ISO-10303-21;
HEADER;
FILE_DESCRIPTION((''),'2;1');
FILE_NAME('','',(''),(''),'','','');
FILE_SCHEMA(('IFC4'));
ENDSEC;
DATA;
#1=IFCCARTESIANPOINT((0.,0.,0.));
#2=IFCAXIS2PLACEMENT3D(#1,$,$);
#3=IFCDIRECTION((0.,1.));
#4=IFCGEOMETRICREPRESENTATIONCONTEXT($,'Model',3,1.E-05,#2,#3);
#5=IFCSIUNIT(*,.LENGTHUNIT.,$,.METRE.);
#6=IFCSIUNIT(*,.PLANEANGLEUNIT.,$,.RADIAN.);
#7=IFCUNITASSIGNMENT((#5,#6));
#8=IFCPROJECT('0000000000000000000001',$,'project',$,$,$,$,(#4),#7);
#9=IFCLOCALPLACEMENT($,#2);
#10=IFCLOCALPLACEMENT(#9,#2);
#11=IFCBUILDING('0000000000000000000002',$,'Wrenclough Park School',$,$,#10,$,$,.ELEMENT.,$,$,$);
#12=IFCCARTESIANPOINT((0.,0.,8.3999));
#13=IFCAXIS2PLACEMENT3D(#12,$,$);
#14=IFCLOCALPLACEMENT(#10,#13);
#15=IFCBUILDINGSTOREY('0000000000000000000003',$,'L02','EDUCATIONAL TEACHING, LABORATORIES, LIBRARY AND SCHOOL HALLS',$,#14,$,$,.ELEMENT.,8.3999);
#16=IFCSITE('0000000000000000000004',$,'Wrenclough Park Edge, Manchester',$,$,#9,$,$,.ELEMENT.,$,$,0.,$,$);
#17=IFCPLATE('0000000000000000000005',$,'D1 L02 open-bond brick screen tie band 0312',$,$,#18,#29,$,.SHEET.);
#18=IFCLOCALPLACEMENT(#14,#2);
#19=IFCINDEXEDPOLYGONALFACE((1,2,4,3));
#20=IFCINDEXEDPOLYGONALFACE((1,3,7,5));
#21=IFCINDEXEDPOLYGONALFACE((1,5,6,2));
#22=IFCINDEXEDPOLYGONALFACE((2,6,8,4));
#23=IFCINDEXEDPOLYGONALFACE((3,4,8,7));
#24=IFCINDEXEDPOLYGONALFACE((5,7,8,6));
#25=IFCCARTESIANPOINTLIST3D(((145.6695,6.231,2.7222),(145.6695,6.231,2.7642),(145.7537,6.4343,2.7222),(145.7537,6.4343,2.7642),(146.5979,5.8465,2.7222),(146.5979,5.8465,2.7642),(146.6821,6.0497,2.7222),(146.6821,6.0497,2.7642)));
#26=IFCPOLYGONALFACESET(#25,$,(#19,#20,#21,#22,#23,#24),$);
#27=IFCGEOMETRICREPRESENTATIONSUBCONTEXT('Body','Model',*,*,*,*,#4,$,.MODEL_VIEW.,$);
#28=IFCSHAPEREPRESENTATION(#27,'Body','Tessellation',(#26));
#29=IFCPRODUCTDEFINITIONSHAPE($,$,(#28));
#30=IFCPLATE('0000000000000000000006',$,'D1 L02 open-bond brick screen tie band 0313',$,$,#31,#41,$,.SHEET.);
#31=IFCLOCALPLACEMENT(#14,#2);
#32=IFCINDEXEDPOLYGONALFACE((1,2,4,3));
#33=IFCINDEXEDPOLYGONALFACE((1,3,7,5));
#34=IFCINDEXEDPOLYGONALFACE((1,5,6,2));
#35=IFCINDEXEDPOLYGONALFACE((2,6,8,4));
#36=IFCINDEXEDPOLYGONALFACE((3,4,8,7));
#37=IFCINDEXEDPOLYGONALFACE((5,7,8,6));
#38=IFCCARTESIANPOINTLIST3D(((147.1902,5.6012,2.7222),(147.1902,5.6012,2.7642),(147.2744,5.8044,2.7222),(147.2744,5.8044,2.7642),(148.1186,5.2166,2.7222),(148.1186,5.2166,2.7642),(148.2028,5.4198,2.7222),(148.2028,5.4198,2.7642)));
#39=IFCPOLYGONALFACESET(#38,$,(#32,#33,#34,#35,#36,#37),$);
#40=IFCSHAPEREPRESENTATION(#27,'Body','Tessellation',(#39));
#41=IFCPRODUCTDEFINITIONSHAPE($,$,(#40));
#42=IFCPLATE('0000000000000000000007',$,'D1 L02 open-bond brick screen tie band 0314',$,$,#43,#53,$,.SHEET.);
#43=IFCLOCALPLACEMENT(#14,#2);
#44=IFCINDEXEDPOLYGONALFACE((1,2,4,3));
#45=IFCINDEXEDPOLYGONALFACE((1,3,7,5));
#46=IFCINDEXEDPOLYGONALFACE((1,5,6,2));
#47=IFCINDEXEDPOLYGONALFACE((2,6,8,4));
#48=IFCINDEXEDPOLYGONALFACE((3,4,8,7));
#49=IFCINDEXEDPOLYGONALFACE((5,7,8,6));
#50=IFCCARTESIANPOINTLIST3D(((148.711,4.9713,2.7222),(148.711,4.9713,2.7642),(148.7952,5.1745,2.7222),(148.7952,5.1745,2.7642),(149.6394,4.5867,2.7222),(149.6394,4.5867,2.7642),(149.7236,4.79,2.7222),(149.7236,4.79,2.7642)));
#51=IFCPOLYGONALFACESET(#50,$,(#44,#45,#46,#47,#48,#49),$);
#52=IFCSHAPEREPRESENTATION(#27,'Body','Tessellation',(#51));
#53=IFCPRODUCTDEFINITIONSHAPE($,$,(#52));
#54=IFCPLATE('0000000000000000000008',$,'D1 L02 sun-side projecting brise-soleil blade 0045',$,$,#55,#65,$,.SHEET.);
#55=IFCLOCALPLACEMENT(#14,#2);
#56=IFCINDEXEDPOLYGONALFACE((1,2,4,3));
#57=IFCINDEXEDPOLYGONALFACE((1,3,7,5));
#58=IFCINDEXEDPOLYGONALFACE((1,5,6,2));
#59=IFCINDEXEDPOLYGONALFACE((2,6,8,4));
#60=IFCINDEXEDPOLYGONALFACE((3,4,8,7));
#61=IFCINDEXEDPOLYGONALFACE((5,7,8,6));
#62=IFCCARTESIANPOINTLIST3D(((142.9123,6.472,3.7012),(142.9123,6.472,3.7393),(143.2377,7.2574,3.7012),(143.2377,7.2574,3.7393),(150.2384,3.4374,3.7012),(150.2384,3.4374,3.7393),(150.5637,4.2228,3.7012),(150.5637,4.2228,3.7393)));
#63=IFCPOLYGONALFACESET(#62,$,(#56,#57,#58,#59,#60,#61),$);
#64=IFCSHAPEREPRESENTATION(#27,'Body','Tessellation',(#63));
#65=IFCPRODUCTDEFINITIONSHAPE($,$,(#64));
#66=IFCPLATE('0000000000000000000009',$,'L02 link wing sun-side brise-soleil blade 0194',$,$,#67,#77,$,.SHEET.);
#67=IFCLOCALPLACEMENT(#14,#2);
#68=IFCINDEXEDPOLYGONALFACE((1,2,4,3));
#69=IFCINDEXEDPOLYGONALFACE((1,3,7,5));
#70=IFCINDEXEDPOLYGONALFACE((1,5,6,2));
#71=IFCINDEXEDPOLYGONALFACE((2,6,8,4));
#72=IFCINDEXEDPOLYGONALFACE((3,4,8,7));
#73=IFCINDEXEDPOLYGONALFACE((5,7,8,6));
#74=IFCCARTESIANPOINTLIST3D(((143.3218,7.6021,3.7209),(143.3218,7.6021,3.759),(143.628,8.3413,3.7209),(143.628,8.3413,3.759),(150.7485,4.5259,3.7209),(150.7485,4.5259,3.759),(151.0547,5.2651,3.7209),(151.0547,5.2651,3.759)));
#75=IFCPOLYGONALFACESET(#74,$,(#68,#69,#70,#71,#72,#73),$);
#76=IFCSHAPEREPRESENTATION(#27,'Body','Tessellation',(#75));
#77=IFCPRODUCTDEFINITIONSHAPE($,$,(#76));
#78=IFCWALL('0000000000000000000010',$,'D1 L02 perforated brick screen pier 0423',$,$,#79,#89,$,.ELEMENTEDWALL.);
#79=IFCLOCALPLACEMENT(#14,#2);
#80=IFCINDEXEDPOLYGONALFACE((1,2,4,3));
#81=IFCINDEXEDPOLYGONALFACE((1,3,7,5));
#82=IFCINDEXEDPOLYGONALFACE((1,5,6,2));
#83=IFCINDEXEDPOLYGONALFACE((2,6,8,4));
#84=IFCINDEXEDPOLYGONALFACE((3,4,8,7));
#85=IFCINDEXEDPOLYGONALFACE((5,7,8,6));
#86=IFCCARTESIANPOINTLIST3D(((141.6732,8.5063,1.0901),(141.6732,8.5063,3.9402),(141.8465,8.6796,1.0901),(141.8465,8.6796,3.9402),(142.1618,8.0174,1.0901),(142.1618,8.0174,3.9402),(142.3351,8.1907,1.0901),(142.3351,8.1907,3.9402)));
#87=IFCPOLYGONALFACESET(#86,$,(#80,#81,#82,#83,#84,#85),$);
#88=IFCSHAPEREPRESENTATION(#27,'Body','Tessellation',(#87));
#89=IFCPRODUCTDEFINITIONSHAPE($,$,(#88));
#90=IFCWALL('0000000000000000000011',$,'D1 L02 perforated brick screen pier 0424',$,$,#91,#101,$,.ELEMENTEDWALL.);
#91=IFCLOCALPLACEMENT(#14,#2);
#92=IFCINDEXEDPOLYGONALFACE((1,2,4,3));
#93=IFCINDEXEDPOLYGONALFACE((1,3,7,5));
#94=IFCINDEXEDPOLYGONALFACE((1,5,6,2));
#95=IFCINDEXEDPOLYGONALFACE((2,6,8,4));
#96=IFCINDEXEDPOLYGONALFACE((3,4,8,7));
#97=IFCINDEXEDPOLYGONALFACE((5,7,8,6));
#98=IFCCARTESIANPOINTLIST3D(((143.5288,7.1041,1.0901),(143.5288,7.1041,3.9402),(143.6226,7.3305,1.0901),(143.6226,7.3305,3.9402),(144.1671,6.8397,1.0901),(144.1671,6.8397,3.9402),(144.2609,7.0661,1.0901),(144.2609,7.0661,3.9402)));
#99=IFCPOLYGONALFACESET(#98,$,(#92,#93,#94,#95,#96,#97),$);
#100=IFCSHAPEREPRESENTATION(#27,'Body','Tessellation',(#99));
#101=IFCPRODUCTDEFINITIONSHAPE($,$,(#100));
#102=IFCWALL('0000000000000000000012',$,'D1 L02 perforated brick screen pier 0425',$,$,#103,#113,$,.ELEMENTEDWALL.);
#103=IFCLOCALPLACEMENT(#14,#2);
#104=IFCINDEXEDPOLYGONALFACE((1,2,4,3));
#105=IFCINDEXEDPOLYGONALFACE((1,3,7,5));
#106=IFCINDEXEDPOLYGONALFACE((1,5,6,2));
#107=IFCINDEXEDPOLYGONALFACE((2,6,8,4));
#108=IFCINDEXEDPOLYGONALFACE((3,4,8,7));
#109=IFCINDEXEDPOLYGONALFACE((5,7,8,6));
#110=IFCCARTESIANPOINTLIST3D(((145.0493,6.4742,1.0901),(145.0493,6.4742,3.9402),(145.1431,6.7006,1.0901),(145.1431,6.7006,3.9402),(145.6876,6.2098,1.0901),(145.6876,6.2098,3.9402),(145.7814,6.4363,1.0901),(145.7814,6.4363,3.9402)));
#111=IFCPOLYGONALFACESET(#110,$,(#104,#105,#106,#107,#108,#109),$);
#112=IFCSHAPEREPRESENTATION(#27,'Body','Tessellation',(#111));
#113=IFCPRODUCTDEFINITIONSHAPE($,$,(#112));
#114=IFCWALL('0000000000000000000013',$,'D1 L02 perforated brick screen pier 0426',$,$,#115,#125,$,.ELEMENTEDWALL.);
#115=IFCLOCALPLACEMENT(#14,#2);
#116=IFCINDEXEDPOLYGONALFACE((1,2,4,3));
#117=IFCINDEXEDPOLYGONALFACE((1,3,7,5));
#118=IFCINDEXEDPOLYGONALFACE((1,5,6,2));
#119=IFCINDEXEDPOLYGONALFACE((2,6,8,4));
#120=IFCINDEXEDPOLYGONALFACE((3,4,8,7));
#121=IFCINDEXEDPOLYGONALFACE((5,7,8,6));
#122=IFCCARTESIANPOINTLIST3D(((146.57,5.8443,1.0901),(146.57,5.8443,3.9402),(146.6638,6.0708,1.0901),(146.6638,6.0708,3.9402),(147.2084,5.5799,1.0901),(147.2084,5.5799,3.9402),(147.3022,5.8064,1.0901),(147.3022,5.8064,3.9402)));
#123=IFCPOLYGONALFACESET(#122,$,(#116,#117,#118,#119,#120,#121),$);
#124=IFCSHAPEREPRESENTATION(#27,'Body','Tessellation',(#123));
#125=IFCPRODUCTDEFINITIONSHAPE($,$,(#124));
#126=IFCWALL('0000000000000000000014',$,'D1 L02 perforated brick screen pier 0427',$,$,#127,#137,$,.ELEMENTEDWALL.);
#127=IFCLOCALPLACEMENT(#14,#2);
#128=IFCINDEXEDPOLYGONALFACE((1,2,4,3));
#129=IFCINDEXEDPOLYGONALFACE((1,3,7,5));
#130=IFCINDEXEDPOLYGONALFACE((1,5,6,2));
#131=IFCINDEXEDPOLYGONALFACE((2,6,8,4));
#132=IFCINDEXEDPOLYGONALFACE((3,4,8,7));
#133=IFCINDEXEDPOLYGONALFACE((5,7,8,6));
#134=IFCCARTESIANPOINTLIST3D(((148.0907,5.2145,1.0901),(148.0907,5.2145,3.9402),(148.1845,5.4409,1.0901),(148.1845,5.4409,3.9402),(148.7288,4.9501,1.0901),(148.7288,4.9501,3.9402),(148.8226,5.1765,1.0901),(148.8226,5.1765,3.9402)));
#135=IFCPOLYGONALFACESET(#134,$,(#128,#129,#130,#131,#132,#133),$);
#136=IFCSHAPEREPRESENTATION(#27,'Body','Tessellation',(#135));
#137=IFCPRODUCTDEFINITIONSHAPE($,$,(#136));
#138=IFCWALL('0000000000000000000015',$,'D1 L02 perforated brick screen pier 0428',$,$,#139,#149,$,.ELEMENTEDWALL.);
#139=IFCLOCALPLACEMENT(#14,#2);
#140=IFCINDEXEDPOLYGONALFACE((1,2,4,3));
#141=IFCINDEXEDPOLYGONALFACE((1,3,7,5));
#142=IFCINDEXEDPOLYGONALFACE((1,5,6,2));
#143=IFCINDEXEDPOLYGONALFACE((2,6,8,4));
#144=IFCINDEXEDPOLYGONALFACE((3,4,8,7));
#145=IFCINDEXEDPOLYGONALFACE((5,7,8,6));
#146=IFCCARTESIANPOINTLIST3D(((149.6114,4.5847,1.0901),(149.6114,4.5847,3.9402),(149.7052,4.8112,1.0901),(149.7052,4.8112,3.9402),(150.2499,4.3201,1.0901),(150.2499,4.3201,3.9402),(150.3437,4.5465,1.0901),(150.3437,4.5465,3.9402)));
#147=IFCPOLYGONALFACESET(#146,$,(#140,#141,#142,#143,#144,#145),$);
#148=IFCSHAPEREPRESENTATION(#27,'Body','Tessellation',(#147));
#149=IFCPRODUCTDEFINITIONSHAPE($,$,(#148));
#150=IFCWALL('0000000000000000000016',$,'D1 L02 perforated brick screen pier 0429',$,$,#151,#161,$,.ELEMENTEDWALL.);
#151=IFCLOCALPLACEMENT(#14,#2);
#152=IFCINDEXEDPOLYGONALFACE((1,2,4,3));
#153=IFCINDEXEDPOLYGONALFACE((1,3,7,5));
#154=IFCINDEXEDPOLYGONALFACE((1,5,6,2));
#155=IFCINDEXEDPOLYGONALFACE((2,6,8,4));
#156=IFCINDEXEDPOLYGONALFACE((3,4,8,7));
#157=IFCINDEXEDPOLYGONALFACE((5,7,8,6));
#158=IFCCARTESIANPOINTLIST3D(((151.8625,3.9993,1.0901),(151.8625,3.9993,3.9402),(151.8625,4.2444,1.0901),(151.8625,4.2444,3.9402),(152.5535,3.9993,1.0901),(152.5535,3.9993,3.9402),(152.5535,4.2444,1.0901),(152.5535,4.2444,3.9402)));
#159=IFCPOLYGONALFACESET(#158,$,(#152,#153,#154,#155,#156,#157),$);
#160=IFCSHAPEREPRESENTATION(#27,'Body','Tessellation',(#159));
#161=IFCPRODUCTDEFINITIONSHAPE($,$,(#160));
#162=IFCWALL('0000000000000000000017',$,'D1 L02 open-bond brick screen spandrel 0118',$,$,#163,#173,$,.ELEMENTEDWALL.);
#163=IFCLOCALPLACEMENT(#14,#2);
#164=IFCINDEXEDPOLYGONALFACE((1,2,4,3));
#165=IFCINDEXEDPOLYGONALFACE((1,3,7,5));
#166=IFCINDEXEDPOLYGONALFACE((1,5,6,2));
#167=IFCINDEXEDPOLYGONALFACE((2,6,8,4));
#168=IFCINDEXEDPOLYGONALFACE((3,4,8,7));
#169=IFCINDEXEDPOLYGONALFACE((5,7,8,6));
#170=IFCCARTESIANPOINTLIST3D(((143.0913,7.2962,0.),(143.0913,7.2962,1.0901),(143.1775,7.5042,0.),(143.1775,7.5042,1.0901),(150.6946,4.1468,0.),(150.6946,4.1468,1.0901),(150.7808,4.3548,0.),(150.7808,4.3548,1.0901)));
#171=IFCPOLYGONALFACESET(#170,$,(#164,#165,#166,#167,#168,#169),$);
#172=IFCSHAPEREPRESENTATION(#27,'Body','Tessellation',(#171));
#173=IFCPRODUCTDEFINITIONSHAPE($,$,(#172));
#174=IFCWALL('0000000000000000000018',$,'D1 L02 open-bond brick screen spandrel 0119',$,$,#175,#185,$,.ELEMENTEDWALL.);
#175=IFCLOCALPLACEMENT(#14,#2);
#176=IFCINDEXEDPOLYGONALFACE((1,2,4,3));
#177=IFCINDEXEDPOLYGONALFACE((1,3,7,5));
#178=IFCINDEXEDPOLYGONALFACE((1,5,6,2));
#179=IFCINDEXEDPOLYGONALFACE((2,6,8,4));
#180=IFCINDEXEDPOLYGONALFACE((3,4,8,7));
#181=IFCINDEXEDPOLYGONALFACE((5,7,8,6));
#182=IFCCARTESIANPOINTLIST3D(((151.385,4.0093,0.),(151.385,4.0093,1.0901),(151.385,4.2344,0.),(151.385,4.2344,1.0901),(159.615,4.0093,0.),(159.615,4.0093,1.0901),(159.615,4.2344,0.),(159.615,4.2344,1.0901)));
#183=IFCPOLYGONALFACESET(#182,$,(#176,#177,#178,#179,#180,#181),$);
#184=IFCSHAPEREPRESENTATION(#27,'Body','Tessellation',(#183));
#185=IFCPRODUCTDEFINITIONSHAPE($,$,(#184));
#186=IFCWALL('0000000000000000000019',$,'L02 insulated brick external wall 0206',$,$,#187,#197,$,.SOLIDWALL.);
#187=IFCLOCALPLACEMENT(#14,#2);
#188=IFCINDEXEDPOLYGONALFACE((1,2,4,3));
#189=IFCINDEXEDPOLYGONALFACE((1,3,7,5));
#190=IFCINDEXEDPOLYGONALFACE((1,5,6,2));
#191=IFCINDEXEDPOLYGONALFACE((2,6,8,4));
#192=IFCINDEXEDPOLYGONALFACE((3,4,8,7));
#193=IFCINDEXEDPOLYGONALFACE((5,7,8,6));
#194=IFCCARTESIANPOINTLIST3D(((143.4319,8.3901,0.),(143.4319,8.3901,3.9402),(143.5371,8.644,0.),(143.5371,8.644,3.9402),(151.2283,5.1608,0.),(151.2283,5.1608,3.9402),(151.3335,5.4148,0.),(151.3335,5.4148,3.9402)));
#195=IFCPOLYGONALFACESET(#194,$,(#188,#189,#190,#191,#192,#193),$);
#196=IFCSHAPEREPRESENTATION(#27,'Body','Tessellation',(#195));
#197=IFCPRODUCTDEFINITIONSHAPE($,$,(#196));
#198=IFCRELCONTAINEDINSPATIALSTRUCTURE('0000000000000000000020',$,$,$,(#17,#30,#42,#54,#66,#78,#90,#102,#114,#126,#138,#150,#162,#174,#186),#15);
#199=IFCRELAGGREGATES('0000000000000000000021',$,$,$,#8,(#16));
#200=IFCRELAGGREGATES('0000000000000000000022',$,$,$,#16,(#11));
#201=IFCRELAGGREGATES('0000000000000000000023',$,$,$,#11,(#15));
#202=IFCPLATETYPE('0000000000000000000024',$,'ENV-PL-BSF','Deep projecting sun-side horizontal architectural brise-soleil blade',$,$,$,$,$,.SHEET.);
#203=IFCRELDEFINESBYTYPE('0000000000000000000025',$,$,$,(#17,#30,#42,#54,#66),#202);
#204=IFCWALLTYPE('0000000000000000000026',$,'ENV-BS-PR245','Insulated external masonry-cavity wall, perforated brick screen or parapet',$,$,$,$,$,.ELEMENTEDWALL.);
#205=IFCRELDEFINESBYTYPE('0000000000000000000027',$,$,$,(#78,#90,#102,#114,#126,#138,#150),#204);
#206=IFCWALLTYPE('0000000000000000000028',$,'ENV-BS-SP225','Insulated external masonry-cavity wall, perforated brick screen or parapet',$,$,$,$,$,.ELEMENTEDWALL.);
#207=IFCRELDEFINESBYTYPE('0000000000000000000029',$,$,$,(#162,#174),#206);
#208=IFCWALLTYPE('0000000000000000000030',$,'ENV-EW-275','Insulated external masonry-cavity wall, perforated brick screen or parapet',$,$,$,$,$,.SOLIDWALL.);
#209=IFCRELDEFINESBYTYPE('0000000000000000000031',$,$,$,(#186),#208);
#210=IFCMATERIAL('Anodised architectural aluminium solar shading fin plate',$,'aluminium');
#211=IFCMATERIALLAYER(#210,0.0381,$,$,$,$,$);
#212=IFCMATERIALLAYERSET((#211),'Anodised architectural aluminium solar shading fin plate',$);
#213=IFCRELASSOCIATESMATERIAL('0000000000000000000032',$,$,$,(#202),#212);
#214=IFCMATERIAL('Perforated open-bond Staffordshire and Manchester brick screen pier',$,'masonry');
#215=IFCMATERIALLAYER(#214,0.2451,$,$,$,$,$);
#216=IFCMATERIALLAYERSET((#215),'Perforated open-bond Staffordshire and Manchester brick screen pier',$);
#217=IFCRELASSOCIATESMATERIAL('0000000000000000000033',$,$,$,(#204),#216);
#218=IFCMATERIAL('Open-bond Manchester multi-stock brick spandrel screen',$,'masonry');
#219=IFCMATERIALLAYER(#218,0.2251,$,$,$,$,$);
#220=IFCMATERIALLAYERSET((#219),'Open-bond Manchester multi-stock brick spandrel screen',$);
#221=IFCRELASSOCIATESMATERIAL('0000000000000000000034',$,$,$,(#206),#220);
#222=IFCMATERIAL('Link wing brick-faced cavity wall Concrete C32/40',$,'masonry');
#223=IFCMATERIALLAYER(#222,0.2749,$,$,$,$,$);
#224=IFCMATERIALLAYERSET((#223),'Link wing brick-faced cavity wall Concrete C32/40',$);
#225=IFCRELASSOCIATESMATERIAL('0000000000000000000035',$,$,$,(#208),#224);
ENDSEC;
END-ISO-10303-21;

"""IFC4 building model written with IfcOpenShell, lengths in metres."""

from ifc_helpers import new_model, si_unit, direction, frame, frame_2d, origin, origin_2d, place, context, subcontext, project, spatial, rectangle, extrude, material, layer, layer_set, type_object, element, save


model = new_model("IFC4")

# Units and contexts
model_context = context("Model", 3, precision=1e-05, world=origin(), true_north=direction((0.0, 1.0)))
body_context = subcontext(model_context, "Body", "Model", "MODEL_VIEW")
ifc_project = project(units=[si_unit("LENGTHUNIT", "METRE"), si_unit("PLANEANGLEUNIT", "RADIAN")], contexts=[model_context])

# Site, building, storey
site_placement = place(None, origin())
site = spatial("IfcSite", under=ifc_project, at=site_placement, Name="Wrenclough Park Edge, Manchester", CompositionType="ELEMENT", RefElevation=0.0)
building_placement = place(site_placement, origin())
building = spatial("IfcBuilding", under=site, at=building_placement, Name="Wrenclough Park School", CompositionType="ELEMENT")
storey_placement = place(building_placement, frame((0.0, 0.0, 8.3999)))
storey = spatial("IfcBuildingStorey", under=building, at=storey_placement, Name="L02", Description="EDUCATIONAL TEACHING, LABORATORIES, LIBRARY AND SCHOOL HALLS", CompositionType="ELEMENT", Elevation=8.3999)

# Plates
ifc_material_1 = material(Name="Anodised architectural aluminium solar shading fin plate", Category="aluminium")
ifc_layer_1 = layer(ifc_material_1, 0.0381)
ifc_layer_set_1 = layer_set([ifc_layer_1], Name="Anodised architectural aluminium solar shading fin plate")
plate_type = type_object("IfcPlateType", Name="ENV-PL-BSF", Description="Deep projecting sun-side horizontal architectural brise-soleil blade", PredefinedType="SHEET", material=ifc_layer_set_1)
for number, where, z_axis, x_axis, name in (
    (1, (146.1758, 6.1404, 2.7222), (0.0, 0.0, 1.0), (0.923879, -0.382684, 0.0), "D1 L02 open-bond brick screen tie band 0312"),
    (2, (147.6965, 5.5105, 2.7222), (0.0, 0.0, 1.0), (0.923879, -0.382684, 0.0), "D1 L02 open-bond brick screen tie band 0313"),
    (3, (149.2173, 4.8806, 2.7222), (0.0, 0.0, 1.0), (0.923879, -0.382684, 0.0), "D1 L02 open-bond brick screen tie band 0314"),
):
    element("IfcPlate", number, at=place(storey_placement, frame(where, z_axis=z_axis, x_axis=x_axis)), inside=storey, type_object=plate_type, Name=name, PredefinedType="SHEET", context=body_context, shape_type="SweptSolid", body=[
        extrude(rectangle(XDim=1.0049, YDim=0.22, at=origin_2d()), origin(), (0.0, 0.0, 1.0), 0.042),
    ])
plate_1_placement = place(storey_placement, frame((146.738, 5.3474, 3.7012), z_axis=(0.0, 0.0, 1.0), x_axis=(0.923879, -0.382684, 0.0)))
element("IfcPlate", 4, at=plate_1_placement, inside=storey, type_object=plate_type, Name="D1 L02 sun-side projecting brise-soleil blade 0045", PredefinedType="SHEET", context=body_context, shape_type="SweptSolid", body=[
    extrude(rectangle(XDim=7.9297, YDim=0.8501, at=origin_2d()), origin(), (0.0, 0.0, 1.0), 0.0381),
])
plate_2_placement = place(storey_placement, frame((147.1882, 6.4336, 3.7209), z_axis=(0.0, 0.0, 1.0), x_axis=(-0.923881, 0.38268, 0.0)))
element("IfcPlate", 5, at=plate_2_placement, inside=storey, type_object=plate_type, Name="L02 link wing sun-side brise-soleil blade 0194", PredefinedType="SHEET", context=body_context, shape_type="SweptSolid", body=[
    extrude(rectangle(XDim=8.0386, YDim=0.8, at=origin_2d()), origin(), (0.0, 0.0, 1.0), 0.0381),
])

# Walls
ifc_material_2 = material(Name="Perforated open-bond Staffordshire and Manchester brick screen pier", Category="masonry")
ifc_layer_2 = layer(ifc_material_2, 0.2451)
ifc_layer_set_2 = layer_set([ifc_layer_2], Name="Perforated open-bond Staffordshire and Manchester brick screen pier")
wall_type_1 = type_object("IfcWallType", Name="ENV-BS-PR245", Description="Insulated external masonry-cavity wall, perforated brick screen or parapet", PredefinedType="ELEMENTEDWALL", material=ifc_layer_set_2)
wall_1_placement = place(storey_placement, frame((141.7598, 8.593, 1.0901), z_axis=(0.0, 0.0, 1.0), x_axis=(0.70693, -0.707283, 0.0)))
element("IfcWall", 6, at=wall_1_placement, inside=storey, type_object=wall_type_1, Name="D1 L02 perforated brick screen pier 0423", PredefinedType="ELEMENTEDWALL", context=body_context, shape_type="SweptSolid", body=[
    extrude(rectangle(XDim=0.6912, YDim=0.2451, at=frame_2d((0.3457, 0.0))), origin(), (0.0, 0.0, 1.0), 2.8501),
])
for number, where, z_axis, x_axis, name in (
    (7, (143.5757, 7.2173, 1.0901), (0.0, 0.0, 1.0), (0.923901, -0.382633, 0.0), "D1 L02 perforated brick screen pier 0424"),
    (8, (145.0962, 6.5874, 1.0901), (0.0, 0.0, 1.0), (0.923901, -0.382633, 0.0), "D1 L02 perforated brick screen pier 0425"),
    (9, (146.6169, 5.9575, 1.0901), (0.0, 0.0, 1.0), (0.923901, -0.382633, 0.0), "D1 L02 perforated brick screen pier 0426"),
):
    element("IfcWall", number, at=place(storey_placement, frame(where, z_axis=z_axis, x_axis=x_axis)), inside=storey, type_object=wall_type_1, Name=name, PredefinedType="ELEMENTEDWALL", context=body_context, shape_type="SweptSolid", body=[
        extrude(rectangle(XDim=0.6909, YDim=0.2451, at=frame_2d((0.3455, 0.0))), origin(), (0.0, 0.0, 1.0), 2.8501),
    ])
wall_2_placement = place(storey_placement, frame((148.1377, 5.3276, 1.0901), z_axis=(0.0, 0.0, 1.0), x_axis=(0.923849, -0.382758, 0.0)))
element("IfcWall", 10, at=wall_2_placement, inside=storey, type_object=wall_type_1, Name="D1 L02 perforated brick screen pier 0427", PredefinedType="ELEMENTEDWALL", context=body_context, shape_type="SweptSolid", body=[
    extrude(rectangle(XDim=0.6907, YDim=0.2451, at=frame_2d((0.3452, 0.0))), origin(), (0.0, 0.0, 1.0), 2.8501),
])
wall_3_placement = place(storey_placement, frame((149.6582, 4.698, 1.0901), z_axis=(0.0, 0.0, 1.0), x_axis=(0.923776, -0.382934, 0.0)))
element("IfcWall", 11, at=wall_3_placement, inside=storey, type_object=wall_type_1, Name="D1 L02 perforated brick screen pier 0428", PredefinedType="ELEMENTEDWALL", context=body_context, shape_type="SweptSolid", body=[
    extrude(rectangle(XDim=0.6912, YDim=0.2451, at=frame_2d((0.3457, 0.0))), origin(), (0.0, 0.0, 1.0), 2.8501),
])
wall_4_placement = place(storey_placement, frame((151.8625, 4.1218, 1.0901), z_axis=(0.0, 0.0, 1.0), x_axis=(1.0, 0.0, 0.0)))
element("IfcWall", 12, at=wall_4_placement, inside=storey, type_object=wall_type_1, Name="D1 L02 perforated brick screen pier 0429", PredefinedType="ELEMENTEDWALL", context=body_context, shape_type="SweptSolid", body=[
    extrude(rectangle(XDim=0.6909, YDim=0.2451, at=frame_2d((0.3455, 0.0))), origin(), (0.0, 0.0, 1.0), 2.8501),
])
ifc_material_3 = material(Name="Open-bond Manchester multi-stock brick spandrel screen", Category="masonry")
ifc_layer_3 = layer(ifc_material_3, 0.2251)
ifc_layer_set_3 = layer_set([ifc_layer_3], Name="Open-bond Manchester multi-stock brick spandrel screen")
wall_type_2 = type_object("IfcWallType", Name="ENV-BS-SP225", Description="Insulated external masonry-cavity wall, perforated brick screen or parapet", PredefinedType="ELEMENTEDWALL", material=ifc_layer_set_3)
wall_5_placement = place(storey_placement, frame((143.1345, 7.4001, 0.0), z_axis=(0.0, 0.0, 1.0), x_axis=(0.923878, -0.382687, 0.0)))
element("IfcWall", 13, at=wall_5_placement, inside=storey, type_object=wall_type_2, Name="D1 L02 open-bond brick screen spandrel 0118", PredefinedType="ELEMENTEDWALL", context=body_context, shape_type="SweptSolid", body=[
    extrude(rectangle(XDim=8.2297, YDim=0.2251, at=frame_2d((4.1147, 0.0))), origin(), (0.0, 0.0, 1.0), 1.0901),
])
wall_6_placement = place(storey_placement, frame((151.385, 4.1218, 0.0), z_axis=(0.0, 0.0, 1.0), x_axis=(1.0, 0.0, 0.0)))
element("IfcWall", 14, at=wall_6_placement, inside=storey, type_object=wall_type_2, Name="D1 L02 open-bond brick screen spandrel 0119", PredefinedType="ELEMENTEDWALL", context=body_context, shape_type="SweptSolid", body=[
    extrude(rectangle(XDim=8.23, YDim=0.2251, at=frame_2d((4.115, 0.0))), origin(), (0.0, 0.0, 1.0), 1.0901),
])
ifc_material_4 = material(Name="Link wing brick-faced cavity wall Concrete C32/40", Category="masonry")
ifc_layer_4 = layer(ifc_material_4, 0.2749)
ifc_layer_set_4 = layer_set([ifc_layer_4], Name="Link wing brick-faced cavity wall Concrete C32/40")
wall_type_3 = type_object("IfcWallType", Name="ENV-EW-275", Description="Insulated external masonry-cavity wall, perforated brick screen or parapet", PredefinedType="SOLIDWALL", material=ifc_layer_set_4)
wall_7_placement = place(storey_placement, frame((151.2808, 5.2878, 0.0), z_axis=(0.0, 0.0, 1.0), x_axis=(-0.923885, 0.382671, 0.0)))
element("IfcWall", 15, at=wall_7_placement, inside=storey, type_object=wall_type_3, Name="L02 insulated brick external wall 0206", PredefinedType="SOLIDWALL", context=body_context, shape_type="SweptSolid", body=[
    extrude(rectangle(XDim=8.4387, YDim=0.2749, at=frame_2d((4.2192, 0.0))), origin(), (0.0, 0.0, 1.0), 3.9402),
])

save(model, "model.ifc")
